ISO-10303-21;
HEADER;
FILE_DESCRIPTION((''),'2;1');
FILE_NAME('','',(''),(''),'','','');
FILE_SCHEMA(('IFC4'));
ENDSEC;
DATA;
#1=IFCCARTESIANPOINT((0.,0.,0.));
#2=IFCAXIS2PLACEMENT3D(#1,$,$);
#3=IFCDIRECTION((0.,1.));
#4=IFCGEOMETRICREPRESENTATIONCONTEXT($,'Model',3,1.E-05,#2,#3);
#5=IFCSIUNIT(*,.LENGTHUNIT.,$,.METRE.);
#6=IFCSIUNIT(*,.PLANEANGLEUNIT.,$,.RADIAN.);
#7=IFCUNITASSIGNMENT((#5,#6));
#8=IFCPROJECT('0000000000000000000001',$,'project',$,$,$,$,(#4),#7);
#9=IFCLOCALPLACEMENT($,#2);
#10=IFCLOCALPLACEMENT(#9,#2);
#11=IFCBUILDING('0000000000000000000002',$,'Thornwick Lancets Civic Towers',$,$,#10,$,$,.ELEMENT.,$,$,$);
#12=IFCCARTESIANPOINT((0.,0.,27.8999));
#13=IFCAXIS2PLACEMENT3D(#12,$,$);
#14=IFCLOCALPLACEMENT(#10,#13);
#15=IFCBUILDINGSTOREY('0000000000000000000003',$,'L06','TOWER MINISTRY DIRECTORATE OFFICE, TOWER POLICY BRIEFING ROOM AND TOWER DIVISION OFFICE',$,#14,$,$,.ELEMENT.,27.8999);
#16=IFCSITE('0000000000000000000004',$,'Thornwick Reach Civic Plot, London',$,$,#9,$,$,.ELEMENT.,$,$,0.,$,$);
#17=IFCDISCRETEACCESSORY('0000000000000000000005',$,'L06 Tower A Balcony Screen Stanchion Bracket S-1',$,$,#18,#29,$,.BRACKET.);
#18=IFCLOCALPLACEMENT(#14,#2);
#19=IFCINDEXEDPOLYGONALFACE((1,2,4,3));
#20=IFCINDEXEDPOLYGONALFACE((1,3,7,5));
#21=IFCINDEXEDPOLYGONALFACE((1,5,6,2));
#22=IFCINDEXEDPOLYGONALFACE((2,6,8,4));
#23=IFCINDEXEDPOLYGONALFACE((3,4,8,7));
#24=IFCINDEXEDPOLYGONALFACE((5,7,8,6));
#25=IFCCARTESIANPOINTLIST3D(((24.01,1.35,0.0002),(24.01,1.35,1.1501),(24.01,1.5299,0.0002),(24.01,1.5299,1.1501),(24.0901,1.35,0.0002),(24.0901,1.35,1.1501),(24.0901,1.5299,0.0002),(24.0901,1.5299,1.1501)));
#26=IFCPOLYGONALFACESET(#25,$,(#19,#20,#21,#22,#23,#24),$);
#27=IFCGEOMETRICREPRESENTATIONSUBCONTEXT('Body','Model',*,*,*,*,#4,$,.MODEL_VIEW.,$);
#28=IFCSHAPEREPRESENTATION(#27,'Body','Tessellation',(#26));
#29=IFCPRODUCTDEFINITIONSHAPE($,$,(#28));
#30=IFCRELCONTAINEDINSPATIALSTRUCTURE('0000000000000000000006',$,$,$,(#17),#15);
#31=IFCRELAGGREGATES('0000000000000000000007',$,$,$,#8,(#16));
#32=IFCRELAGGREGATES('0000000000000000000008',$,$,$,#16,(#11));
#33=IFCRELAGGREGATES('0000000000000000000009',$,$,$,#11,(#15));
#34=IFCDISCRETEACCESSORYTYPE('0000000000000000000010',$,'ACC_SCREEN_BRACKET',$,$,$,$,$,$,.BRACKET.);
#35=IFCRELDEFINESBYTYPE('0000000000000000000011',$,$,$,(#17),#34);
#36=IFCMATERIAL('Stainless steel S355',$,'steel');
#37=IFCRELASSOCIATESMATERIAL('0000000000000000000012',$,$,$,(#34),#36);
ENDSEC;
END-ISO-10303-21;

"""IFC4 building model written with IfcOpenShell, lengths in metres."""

from ifc_helpers import new_model, si_unit, direction, frame, origin, origin_2d, place, context, subcontext, project, spatial, rectangle, extrude, material, type_object, element, save


model = new_model("IFC4")

# Units and contexts
model_context = context("Model", 3, precision=1e-05, world=origin(), true_north=direction((0.0, 1.0)))
body_context = subcontext(model_context, "Body", "Model", "MODEL_VIEW")
ifc_project = project(units=[si_unit("LENGTHUNIT", "METRE"), si_unit("PLANEANGLEUNIT", "RADIAN")], contexts=[model_context])

# Site, building, storey
site_placement = place(None, origin())
site = spatial("IfcSite", under=ifc_project, at=site_placement, Name="Thornwick Reach Civic Plot, London", CompositionType="ELEMENT", RefElevation=0.0)
building_placement = place(site_placement, origin())
building = spatial("IfcBuilding", under=site, at=building_placement, Name="Thornwick Lancets Civic Towers", CompositionType="ELEMENT")
storey_placement = place(building_placement, frame((0.0, 0.0, 27.8999)))
storey = spatial("IfcBuildingStorey", under=building, at=storey_placement, Name="L06", Description="TOWER MINISTRY DIRECTORATE OFFICE, TOWER POLICY BRIEFING ROOM AND TOWER DIVISION OFFICE", CompositionType="ELEMENT", Elevation=27.8999)

# Discrete accessory
ifc_material_1 = material(Name="Stainless steel S355", Category="steel")
discrete_accessory_type_1 = type_object("IfcDiscreteAccessoryType", Name="ACC_SCREEN_BRACKET", PredefinedType="BRACKET", material=ifc_material_1)
discrete_accessory_1_placement = place(storey_placement, frame((24.05, 1.4399, 0.0002), z_axis=(0.0, 0.0, 1.0), x_axis=(1.0, 0.0, 0.0)))
element("IfcDiscreteAccessory", 1, at=discrete_accessory_1_placement, inside=storey, type_object=discrete_accessory_type_1, Name="L06 Tower A Balcony Screen Stanchion Bracket S-1", PredefinedType="BRACKET", context=body_context, shape_type="SweptSolid", body=[
    extrude(rectangle(XDim=0.0801, YDim=0.1799, at=origin_2d()), origin(), (0.0, 0.0, 1.0), 1.1499),
])

save(model, "model.ifc")
